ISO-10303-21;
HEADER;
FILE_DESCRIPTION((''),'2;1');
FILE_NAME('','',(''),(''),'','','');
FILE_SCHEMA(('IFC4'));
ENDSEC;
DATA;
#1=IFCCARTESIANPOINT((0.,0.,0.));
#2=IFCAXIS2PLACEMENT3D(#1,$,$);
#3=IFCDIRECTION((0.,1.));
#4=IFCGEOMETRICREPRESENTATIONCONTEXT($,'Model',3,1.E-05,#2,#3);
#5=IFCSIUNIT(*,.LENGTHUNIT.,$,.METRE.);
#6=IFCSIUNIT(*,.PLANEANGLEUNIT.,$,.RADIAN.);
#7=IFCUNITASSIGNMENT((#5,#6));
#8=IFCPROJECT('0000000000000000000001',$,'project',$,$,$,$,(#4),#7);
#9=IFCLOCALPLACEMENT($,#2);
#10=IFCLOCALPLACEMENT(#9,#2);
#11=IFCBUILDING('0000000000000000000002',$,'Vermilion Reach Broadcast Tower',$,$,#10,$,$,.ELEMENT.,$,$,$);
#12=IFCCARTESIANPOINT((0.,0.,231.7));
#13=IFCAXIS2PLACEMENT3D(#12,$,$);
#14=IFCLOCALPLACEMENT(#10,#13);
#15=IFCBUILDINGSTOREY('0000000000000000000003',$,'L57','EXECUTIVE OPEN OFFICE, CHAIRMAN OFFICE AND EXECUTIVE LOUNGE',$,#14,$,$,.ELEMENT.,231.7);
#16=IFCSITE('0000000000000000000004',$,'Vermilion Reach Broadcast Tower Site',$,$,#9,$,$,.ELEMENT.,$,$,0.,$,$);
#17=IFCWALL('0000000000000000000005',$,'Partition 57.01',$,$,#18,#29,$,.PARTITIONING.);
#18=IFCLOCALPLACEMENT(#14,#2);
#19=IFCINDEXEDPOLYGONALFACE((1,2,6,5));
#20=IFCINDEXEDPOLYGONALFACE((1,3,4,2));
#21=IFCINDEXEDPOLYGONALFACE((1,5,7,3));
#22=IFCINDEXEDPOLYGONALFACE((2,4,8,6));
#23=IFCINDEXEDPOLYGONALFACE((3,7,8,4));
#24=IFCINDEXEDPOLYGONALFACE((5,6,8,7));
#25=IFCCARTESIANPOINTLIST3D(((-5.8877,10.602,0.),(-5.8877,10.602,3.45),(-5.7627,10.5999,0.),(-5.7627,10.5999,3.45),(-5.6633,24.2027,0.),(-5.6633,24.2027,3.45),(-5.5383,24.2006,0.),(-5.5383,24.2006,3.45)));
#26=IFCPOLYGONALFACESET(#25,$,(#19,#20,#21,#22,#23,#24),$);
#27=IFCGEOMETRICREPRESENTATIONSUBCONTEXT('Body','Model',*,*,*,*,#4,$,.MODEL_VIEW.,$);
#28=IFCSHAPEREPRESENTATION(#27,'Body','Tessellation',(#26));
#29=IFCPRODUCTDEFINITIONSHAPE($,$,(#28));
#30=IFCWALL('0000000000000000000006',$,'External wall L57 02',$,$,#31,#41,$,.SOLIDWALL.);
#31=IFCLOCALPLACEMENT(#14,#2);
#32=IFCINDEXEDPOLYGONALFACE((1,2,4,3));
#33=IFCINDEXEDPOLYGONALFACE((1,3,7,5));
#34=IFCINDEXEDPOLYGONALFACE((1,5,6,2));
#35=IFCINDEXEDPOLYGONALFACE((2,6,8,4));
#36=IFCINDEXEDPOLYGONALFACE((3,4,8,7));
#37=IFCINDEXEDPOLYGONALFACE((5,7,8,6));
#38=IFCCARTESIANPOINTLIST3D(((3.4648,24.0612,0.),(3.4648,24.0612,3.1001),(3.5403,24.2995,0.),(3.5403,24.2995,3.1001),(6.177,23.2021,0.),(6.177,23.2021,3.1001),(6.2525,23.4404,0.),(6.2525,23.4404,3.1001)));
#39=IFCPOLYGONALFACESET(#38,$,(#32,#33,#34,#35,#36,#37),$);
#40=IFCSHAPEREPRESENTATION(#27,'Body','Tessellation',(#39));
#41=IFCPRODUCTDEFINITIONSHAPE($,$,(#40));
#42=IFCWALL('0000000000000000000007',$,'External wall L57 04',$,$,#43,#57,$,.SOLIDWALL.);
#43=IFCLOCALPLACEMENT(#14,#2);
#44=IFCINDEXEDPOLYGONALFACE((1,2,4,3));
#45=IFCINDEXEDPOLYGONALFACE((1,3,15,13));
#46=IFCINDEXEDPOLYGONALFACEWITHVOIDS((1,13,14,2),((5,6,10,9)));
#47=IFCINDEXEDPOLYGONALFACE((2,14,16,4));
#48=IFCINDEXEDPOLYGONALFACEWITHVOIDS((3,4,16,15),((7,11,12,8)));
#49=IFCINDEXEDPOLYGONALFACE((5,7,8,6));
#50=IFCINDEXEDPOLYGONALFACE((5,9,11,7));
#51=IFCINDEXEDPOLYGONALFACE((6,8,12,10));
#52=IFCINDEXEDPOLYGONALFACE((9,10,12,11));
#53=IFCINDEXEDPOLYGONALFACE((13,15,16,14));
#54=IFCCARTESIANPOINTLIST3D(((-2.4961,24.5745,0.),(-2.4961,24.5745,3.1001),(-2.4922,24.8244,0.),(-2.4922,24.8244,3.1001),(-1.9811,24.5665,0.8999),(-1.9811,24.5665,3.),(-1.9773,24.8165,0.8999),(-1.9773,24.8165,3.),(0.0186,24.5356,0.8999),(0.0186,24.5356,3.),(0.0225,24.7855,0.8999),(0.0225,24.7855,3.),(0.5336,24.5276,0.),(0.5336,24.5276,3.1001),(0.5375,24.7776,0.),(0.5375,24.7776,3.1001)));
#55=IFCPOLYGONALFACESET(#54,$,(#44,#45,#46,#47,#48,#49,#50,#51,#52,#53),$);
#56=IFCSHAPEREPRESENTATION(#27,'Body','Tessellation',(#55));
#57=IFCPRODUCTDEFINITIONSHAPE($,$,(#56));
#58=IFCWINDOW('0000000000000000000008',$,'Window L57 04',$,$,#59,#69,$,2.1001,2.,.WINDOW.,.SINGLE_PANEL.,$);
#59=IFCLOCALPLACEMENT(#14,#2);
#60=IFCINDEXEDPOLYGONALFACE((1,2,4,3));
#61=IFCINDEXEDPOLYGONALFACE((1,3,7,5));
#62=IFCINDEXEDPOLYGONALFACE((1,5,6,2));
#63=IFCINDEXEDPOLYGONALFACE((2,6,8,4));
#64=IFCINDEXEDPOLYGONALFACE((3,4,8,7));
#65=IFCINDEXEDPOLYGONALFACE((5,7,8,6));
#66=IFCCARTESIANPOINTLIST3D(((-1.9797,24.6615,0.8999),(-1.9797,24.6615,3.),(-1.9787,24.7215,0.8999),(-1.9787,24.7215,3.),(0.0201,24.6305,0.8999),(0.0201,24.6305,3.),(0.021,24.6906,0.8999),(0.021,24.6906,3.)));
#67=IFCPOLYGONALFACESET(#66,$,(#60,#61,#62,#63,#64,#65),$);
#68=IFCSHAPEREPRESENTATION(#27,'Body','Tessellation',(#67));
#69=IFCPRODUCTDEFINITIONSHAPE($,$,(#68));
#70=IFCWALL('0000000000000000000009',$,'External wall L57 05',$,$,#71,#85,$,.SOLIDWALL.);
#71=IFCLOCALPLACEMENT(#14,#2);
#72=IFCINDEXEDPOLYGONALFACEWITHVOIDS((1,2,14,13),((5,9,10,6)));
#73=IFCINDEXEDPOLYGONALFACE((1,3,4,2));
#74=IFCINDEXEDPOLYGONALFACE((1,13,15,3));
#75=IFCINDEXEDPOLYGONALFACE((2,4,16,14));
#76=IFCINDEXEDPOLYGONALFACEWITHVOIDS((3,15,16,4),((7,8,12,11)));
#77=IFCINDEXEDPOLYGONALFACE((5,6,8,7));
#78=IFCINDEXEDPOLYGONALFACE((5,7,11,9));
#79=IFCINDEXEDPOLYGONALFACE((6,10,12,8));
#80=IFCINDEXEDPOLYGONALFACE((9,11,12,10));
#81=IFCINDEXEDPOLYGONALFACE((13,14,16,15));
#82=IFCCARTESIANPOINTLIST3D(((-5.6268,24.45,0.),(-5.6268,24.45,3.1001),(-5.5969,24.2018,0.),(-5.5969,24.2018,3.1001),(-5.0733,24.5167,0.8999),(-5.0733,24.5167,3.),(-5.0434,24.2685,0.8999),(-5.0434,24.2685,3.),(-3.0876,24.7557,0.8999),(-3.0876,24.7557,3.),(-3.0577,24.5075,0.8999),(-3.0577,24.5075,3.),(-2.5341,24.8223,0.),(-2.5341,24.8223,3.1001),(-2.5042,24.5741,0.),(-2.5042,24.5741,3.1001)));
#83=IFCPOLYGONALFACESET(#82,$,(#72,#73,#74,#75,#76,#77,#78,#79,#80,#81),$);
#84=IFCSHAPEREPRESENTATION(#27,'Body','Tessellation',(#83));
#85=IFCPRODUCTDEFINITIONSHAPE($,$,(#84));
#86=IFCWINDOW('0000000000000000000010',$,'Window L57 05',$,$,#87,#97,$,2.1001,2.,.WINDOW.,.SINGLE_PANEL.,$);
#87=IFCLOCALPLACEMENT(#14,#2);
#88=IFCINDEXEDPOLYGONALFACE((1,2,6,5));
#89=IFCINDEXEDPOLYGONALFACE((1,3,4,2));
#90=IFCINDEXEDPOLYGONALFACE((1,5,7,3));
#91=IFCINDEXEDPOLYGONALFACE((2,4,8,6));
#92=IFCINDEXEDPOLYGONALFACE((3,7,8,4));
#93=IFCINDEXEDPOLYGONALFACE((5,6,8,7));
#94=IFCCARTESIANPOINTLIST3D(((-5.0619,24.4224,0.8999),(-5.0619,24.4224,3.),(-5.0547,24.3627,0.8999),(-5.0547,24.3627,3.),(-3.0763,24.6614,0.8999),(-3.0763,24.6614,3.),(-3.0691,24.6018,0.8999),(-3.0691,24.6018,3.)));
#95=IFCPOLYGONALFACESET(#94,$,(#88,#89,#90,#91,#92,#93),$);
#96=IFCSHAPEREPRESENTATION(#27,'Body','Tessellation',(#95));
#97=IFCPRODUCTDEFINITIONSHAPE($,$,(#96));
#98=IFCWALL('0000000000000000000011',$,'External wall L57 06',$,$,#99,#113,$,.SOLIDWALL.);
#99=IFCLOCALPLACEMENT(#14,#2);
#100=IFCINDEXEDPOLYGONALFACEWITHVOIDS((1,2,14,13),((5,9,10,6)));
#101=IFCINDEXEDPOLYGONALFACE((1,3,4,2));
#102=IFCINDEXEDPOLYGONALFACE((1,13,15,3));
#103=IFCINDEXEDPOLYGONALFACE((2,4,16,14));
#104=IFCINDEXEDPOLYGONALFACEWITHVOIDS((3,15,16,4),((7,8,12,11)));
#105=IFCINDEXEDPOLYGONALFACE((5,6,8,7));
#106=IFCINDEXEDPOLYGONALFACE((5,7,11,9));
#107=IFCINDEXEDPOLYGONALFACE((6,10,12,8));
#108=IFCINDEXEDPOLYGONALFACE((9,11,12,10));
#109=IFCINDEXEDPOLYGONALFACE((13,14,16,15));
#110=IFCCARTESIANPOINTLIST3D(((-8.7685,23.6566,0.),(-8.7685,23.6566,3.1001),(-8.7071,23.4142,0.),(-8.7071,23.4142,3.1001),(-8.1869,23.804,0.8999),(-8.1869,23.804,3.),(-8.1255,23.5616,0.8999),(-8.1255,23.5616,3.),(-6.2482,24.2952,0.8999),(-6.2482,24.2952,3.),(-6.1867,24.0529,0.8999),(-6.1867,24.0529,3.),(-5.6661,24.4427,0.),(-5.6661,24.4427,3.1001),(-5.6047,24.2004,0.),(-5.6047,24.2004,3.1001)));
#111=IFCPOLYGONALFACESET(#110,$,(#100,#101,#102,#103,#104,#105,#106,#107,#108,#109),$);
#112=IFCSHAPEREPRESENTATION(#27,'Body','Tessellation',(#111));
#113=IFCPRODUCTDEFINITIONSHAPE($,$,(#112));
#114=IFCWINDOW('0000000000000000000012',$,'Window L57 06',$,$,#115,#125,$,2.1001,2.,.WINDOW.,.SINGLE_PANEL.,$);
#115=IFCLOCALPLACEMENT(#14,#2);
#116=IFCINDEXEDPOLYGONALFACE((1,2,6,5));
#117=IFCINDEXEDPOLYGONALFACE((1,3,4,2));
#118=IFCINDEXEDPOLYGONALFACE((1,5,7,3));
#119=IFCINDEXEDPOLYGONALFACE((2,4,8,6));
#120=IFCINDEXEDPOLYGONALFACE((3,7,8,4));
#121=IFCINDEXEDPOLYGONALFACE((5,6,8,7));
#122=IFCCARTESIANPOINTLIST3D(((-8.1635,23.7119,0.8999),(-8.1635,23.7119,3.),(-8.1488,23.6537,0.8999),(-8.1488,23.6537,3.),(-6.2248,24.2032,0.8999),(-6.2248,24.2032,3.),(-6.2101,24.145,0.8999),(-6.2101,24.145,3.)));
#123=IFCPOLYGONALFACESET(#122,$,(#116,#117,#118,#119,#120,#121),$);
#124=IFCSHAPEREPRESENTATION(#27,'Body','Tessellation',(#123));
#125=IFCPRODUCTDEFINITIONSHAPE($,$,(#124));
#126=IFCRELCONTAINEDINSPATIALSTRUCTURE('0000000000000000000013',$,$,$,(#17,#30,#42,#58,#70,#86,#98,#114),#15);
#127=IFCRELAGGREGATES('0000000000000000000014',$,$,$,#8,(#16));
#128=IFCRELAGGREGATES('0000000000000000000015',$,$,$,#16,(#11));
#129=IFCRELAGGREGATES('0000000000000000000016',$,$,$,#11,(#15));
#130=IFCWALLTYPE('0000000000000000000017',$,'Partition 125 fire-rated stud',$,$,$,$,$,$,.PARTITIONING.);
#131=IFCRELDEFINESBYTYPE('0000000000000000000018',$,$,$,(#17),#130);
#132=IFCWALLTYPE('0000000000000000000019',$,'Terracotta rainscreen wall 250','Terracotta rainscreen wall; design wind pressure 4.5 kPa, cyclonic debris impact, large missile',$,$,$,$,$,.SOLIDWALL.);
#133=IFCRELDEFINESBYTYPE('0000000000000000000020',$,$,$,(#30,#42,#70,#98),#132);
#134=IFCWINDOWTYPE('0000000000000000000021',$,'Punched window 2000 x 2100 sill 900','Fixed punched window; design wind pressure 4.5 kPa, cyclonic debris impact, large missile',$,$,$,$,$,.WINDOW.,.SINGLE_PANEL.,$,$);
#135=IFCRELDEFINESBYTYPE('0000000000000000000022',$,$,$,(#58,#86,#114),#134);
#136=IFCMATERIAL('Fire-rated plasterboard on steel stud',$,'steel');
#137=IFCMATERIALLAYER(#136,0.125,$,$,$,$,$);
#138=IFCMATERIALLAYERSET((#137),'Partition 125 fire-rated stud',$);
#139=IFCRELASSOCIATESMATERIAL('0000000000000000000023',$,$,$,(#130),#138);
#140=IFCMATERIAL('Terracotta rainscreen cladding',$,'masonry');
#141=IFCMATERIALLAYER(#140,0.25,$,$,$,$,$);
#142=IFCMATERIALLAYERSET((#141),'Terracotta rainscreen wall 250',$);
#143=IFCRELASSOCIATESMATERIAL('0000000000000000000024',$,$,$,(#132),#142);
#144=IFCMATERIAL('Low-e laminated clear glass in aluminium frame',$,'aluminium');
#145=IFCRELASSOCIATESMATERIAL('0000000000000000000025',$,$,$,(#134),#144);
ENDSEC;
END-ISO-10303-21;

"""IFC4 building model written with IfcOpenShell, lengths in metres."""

from ifc_helpers import new_model, si_unit, direction, frame, frame_2d, origin, place, context, subcontext, project, spatial, rectangle, extrude, material, layer, layer_set, type_object, element, fill, save


model = new_model("IFC4")

# Units and contexts
model_context = context("Model", 3, precision=1e-05, world=origin(), true_north=direction((0.0, 1.0)))
body_context = subcontext(model_context, "Body", "Model", "MODEL_VIEW")
ifc_project = project(units=[si_unit("LENGTHUNIT", "METRE"), si_unit("PLANEANGLEUNIT", "RADIAN")], contexts=[model_context])

# Site, building, storey
site_placement = place(None, origin())
site = spatial("IfcSite", under=ifc_project, at=site_placement, Name="Vermilion Reach Broadcast Tower Site", CompositionType="ELEMENT", RefElevation=0.0)
building_placement = place(site_placement, origin())
building = spatial("IfcBuilding", under=site, at=building_placement, Name="Vermilion Reach Broadcast Tower", CompositionType="ELEMENT")
storey_placement = place(building_placement, frame((0.0, 0.0, 231.7)))
storey = spatial("IfcBuildingStorey", under=building, at=storey_placement, Name="L57", Description="EXECUTIVE OPEN OFFICE, CHAIRMAN OFFICE AND EXECUTIVE LOUNGE", CompositionType="ELEMENT", Elevation=231.7)

# Walls
ifc_material_1 = material(Name="Fire-rated plasterboard on steel stud", Category="steel")
ifc_layer_1 = layer(ifc_material_1, 0.125)
ifc_layer_set_1 = layer_set([ifc_layer_1], Name="Partition 125 fire-rated stud")
wall_type_1 = type_object("IfcWallType", Name="Partition 125 fire-rated stud", PredefinedType="PARTITIONING", material=ifc_layer_set_1)
wall_1_placement = place(storey_placement, frame((-5.6008, 24.2017, 0.0), z_axis=(0.0, 0.0, 1.0), x_axis=(-0.016494, -0.999864, 0.0)))
element("IfcWall", 1, at=wall_1_placement, inside=storey, type_object=wall_type_1, Name="Partition 57.01", PredefinedType="PARTITIONING", context=body_context, shape_type="SweptSolid", body=[
    extrude(rectangle(XDim=13.6025, YDim=0.125, at=frame_2d((6.8013, 0.0))), origin(), (0.0, 0.0, 1.0), 3.45),
])
ifc_material_2 = material(Name="Terracotta rainscreen cladding", Category="masonry")
ifc_layer_2 = layer(ifc_material_2, 0.25)
ifc_layer_set_2 = layer_set([ifc_layer_2], Name="Terracotta rainscreen wall 250")
wall_type_2 = type_object("IfcWallType", Name="Terracotta rainscreen wall 250", Description="Terracotta rainscreen wall; design wind pressure 4.5 kPa, cyclonic debris impact, large missile", PredefinedType="SOLIDWALL", material=ifc_layer_set_2)
wall_2_placement = place(storey_placement, frame((6.2146, 23.3213, 0.0), z_axis=(0.0, 0.0, 1.0), x_axis=(-0.953314, 0.301981, 0.0)))
element("IfcWall", 2, at=wall_2_placement, inside=storey, type_object=wall_type_2, Name="External wall L57 02", PredefinedType="SOLIDWALL", context=body_context, shape_type="SweptSolid", body=[
    extrude(rectangle(XDim=2.845, YDim=0.25, at=frame_2d((1.4224, 0.0))), origin(), (0.0, 0.0, 1.0), 3.1001),
])

# Walls, openings, windows
wall_3_placement = place(storey_placement, frame((0.5356, 24.6526, 0.0), z_axis=(0.0, 0.0, 1.0), x_axis=(-0.99988, 0.01547, 0.0)))
wall_3 = element("IfcWall", 3, at=wall_3_placement, inside=storey, type_object=wall_type_2, Name="External wall L57 04", PredefinedType="SOLIDWALL", context=body_context, shape_type="SweptSolid", body=[
    extrude(rectangle(XDim=3.03, YDim=0.25, at=frame_2d((1.5151, 0.0))), origin(), (0.0, 0.0, 1.0), 3.1001),
])
opening_1_placement = place(wall_3_placement, frame((0.5151, 0.0, 0.8999)))
opening_1 = element("IfcOpeningElement", 4, at=opening_1_placement, cuts=wall_3, PredefinedType="OPENING", context=body_context, shape_type="SweptSolid", body=[
    extrude(rectangle(XDim=2.0, YDim=2.1001, at=frame_2d((1.0, 1.05))), frame((0.0, 0.135, 0.0), z_axis=(0.0, -1.0, 0.0), x_axis=(1.0, 0.0, 0.0)), (0.0, 0.0, 1.0), 0.27),
])
ifc_material_3 = material(Name="Low-e laminated clear glass in aluminium frame", Category="aluminium")
window_type = type_object("IfcWindowType", Name="Punched window 2000 x 2100 sill 900", Description="Fixed punched window; design wind pressure 4.5 kPa, cyclonic debris impact, large missile", PartitioningType="SINGLE_PANEL", PredefinedType="WINDOW", material=ifc_material_3)
window_1_placement = place(opening_1_placement, origin())
window_1 = element("IfcWindow", 5, at=window_1_placement, inside=storey, type_object=window_type, Name="Window L57 04", OverallHeight=2.1001, OverallWidth=2.0, PartitioningType="SINGLE_PANEL", PredefinedType="WINDOW", context=body_context, shape_type="SweptSolid", body=[
    extrude(rectangle(XDim=2.0, YDim=2.1001, at=frame_2d((1.0, 1.05))), frame((0.0, 0.03, 0.0), z_axis=(0.0, -1.0, 0.0), x_axis=(1.0, 0.0, 0.0)), (0.0, 0.0, 1.0), 0.0601),
])
fill(opening_1, window_1)
wall_4_placement = place(storey_placement, frame((-2.519, 24.6982, 0.0), z_axis=(0.0, 0.0, 1.0), x_axis=(-0.992832, -0.119519, 0.0)))
wall_4 = element("IfcWall", 6, at=wall_4_placement, inside=storey, type_object=wall_type_2, Name="External wall L57 05", PredefinedType="SOLIDWALL", context=body_context, shape_type="SweptSolid", body=[
    extrude(rectangle(XDim=3.115, YDim=0.25, at=frame_2d((1.5576, 0.0))), origin(), (0.0, 0.0, 1.0), 3.1001),
])
opening_2_placement = place(wall_4_placement, frame((0.5576, 0.0, 0.8999)))
opening_2 = element("IfcOpeningElement", 7, at=opening_2_placement, cuts=wall_4, PredefinedType="OPENING", context=body_context, shape_type="SweptSolid", body=[
    extrude(rectangle(XDim=2.0, YDim=2.1001, at=frame_2d((1.0, 1.05))), frame((0.0, 0.135, 0.0), z_axis=(0.0, -1.0, 0.0), x_axis=(1.0, 0.0, 0.0)), (0.0, 0.0, 1.0), 0.27),
])
window_2_placement = place(opening_2_placement, origin())
window_2 = element("IfcWindow", 8, at=window_2_placement, inside=storey, type_object=window_type, Name="Window L57 05", OverallHeight=2.1001, OverallWidth=2.0, PartitioningType="SINGLE_PANEL", PredefinedType="WINDOW", context=body_context, shape_type="SweptSolid", body=[
    extrude(rectangle(XDim=2.0, YDim=2.1001, at=frame_2d((1.0, 1.05))), frame((0.0, 0.03, 0.0), z_axis=(0.0, -1.0, 0.0), x_axis=(1.0, 0.0, 0.0)), (0.0, 0.0, 1.0), 0.0601),
])
fill(opening_2, window_2)
wall_5_placement = place(storey_placement, frame((-5.6355, 24.3215, 0.0), z_axis=(0.0, 0.0, 1.0), x_axis=(-0.969361, -0.24564, 0.0)))
wall_5 = element("IfcWall", 9, at=wall_5_placement, inside=storey, type_object=wall_type_2, Name="External wall L57 06", PredefinedType="SOLIDWALL", context=body_context, shape_type="SweptSolid", body=[
    extrude(rectangle(XDim=3.2004, YDim=0.25, at=frame_2d((1.6001, 0.0))), origin(), (0.0, 0.0, 1.0), 3.1001),
])
opening_3_placement = place(wall_5_placement, frame((0.6003, 0.0, 0.8999)))
opening_3 = element("IfcOpeningElement", 10, at=opening_3_placement, cuts=wall_5, PredefinedType="OPENING", context=body_context, shape_type="SweptSolid", body=[
    extrude(rectangle(XDim=2.0, YDim=2.1001, at=frame_2d((1.0, 1.05))), frame((0.0, 0.135, 0.0), z_axis=(0.0, -1.0, 0.0), x_axis=(1.0, 0.0, 0.0)), (0.0, 0.0, 1.0), 0.27),
])
window_3_placement = place(opening_3_placement, origin())
window_3 = element("IfcWindow", 11, at=window_3_placement, inside=storey, type_object=window_type, Name="Window L57 06", OverallHeight=2.1001, OverallWidth=2.0, PartitioningType="SINGLE_PANEL", PredefinedType="WINDOW", context=body_context, shape_type="SweptSolid", body=[
    extrude(rectangle(XDim=2.0, YDim=2.1001, at=frame_2d((1.0, 1.05))), frame((0.0, 0.03, 0.0), z_axis=(0.0, -1.0, 0.0), x_axis=(1.0, 0.0, 0.0)), (0.0, 0.0, 1.0), 0.0601),
])
fill(opening_3, window_3)

save(model, "model.ifc")
